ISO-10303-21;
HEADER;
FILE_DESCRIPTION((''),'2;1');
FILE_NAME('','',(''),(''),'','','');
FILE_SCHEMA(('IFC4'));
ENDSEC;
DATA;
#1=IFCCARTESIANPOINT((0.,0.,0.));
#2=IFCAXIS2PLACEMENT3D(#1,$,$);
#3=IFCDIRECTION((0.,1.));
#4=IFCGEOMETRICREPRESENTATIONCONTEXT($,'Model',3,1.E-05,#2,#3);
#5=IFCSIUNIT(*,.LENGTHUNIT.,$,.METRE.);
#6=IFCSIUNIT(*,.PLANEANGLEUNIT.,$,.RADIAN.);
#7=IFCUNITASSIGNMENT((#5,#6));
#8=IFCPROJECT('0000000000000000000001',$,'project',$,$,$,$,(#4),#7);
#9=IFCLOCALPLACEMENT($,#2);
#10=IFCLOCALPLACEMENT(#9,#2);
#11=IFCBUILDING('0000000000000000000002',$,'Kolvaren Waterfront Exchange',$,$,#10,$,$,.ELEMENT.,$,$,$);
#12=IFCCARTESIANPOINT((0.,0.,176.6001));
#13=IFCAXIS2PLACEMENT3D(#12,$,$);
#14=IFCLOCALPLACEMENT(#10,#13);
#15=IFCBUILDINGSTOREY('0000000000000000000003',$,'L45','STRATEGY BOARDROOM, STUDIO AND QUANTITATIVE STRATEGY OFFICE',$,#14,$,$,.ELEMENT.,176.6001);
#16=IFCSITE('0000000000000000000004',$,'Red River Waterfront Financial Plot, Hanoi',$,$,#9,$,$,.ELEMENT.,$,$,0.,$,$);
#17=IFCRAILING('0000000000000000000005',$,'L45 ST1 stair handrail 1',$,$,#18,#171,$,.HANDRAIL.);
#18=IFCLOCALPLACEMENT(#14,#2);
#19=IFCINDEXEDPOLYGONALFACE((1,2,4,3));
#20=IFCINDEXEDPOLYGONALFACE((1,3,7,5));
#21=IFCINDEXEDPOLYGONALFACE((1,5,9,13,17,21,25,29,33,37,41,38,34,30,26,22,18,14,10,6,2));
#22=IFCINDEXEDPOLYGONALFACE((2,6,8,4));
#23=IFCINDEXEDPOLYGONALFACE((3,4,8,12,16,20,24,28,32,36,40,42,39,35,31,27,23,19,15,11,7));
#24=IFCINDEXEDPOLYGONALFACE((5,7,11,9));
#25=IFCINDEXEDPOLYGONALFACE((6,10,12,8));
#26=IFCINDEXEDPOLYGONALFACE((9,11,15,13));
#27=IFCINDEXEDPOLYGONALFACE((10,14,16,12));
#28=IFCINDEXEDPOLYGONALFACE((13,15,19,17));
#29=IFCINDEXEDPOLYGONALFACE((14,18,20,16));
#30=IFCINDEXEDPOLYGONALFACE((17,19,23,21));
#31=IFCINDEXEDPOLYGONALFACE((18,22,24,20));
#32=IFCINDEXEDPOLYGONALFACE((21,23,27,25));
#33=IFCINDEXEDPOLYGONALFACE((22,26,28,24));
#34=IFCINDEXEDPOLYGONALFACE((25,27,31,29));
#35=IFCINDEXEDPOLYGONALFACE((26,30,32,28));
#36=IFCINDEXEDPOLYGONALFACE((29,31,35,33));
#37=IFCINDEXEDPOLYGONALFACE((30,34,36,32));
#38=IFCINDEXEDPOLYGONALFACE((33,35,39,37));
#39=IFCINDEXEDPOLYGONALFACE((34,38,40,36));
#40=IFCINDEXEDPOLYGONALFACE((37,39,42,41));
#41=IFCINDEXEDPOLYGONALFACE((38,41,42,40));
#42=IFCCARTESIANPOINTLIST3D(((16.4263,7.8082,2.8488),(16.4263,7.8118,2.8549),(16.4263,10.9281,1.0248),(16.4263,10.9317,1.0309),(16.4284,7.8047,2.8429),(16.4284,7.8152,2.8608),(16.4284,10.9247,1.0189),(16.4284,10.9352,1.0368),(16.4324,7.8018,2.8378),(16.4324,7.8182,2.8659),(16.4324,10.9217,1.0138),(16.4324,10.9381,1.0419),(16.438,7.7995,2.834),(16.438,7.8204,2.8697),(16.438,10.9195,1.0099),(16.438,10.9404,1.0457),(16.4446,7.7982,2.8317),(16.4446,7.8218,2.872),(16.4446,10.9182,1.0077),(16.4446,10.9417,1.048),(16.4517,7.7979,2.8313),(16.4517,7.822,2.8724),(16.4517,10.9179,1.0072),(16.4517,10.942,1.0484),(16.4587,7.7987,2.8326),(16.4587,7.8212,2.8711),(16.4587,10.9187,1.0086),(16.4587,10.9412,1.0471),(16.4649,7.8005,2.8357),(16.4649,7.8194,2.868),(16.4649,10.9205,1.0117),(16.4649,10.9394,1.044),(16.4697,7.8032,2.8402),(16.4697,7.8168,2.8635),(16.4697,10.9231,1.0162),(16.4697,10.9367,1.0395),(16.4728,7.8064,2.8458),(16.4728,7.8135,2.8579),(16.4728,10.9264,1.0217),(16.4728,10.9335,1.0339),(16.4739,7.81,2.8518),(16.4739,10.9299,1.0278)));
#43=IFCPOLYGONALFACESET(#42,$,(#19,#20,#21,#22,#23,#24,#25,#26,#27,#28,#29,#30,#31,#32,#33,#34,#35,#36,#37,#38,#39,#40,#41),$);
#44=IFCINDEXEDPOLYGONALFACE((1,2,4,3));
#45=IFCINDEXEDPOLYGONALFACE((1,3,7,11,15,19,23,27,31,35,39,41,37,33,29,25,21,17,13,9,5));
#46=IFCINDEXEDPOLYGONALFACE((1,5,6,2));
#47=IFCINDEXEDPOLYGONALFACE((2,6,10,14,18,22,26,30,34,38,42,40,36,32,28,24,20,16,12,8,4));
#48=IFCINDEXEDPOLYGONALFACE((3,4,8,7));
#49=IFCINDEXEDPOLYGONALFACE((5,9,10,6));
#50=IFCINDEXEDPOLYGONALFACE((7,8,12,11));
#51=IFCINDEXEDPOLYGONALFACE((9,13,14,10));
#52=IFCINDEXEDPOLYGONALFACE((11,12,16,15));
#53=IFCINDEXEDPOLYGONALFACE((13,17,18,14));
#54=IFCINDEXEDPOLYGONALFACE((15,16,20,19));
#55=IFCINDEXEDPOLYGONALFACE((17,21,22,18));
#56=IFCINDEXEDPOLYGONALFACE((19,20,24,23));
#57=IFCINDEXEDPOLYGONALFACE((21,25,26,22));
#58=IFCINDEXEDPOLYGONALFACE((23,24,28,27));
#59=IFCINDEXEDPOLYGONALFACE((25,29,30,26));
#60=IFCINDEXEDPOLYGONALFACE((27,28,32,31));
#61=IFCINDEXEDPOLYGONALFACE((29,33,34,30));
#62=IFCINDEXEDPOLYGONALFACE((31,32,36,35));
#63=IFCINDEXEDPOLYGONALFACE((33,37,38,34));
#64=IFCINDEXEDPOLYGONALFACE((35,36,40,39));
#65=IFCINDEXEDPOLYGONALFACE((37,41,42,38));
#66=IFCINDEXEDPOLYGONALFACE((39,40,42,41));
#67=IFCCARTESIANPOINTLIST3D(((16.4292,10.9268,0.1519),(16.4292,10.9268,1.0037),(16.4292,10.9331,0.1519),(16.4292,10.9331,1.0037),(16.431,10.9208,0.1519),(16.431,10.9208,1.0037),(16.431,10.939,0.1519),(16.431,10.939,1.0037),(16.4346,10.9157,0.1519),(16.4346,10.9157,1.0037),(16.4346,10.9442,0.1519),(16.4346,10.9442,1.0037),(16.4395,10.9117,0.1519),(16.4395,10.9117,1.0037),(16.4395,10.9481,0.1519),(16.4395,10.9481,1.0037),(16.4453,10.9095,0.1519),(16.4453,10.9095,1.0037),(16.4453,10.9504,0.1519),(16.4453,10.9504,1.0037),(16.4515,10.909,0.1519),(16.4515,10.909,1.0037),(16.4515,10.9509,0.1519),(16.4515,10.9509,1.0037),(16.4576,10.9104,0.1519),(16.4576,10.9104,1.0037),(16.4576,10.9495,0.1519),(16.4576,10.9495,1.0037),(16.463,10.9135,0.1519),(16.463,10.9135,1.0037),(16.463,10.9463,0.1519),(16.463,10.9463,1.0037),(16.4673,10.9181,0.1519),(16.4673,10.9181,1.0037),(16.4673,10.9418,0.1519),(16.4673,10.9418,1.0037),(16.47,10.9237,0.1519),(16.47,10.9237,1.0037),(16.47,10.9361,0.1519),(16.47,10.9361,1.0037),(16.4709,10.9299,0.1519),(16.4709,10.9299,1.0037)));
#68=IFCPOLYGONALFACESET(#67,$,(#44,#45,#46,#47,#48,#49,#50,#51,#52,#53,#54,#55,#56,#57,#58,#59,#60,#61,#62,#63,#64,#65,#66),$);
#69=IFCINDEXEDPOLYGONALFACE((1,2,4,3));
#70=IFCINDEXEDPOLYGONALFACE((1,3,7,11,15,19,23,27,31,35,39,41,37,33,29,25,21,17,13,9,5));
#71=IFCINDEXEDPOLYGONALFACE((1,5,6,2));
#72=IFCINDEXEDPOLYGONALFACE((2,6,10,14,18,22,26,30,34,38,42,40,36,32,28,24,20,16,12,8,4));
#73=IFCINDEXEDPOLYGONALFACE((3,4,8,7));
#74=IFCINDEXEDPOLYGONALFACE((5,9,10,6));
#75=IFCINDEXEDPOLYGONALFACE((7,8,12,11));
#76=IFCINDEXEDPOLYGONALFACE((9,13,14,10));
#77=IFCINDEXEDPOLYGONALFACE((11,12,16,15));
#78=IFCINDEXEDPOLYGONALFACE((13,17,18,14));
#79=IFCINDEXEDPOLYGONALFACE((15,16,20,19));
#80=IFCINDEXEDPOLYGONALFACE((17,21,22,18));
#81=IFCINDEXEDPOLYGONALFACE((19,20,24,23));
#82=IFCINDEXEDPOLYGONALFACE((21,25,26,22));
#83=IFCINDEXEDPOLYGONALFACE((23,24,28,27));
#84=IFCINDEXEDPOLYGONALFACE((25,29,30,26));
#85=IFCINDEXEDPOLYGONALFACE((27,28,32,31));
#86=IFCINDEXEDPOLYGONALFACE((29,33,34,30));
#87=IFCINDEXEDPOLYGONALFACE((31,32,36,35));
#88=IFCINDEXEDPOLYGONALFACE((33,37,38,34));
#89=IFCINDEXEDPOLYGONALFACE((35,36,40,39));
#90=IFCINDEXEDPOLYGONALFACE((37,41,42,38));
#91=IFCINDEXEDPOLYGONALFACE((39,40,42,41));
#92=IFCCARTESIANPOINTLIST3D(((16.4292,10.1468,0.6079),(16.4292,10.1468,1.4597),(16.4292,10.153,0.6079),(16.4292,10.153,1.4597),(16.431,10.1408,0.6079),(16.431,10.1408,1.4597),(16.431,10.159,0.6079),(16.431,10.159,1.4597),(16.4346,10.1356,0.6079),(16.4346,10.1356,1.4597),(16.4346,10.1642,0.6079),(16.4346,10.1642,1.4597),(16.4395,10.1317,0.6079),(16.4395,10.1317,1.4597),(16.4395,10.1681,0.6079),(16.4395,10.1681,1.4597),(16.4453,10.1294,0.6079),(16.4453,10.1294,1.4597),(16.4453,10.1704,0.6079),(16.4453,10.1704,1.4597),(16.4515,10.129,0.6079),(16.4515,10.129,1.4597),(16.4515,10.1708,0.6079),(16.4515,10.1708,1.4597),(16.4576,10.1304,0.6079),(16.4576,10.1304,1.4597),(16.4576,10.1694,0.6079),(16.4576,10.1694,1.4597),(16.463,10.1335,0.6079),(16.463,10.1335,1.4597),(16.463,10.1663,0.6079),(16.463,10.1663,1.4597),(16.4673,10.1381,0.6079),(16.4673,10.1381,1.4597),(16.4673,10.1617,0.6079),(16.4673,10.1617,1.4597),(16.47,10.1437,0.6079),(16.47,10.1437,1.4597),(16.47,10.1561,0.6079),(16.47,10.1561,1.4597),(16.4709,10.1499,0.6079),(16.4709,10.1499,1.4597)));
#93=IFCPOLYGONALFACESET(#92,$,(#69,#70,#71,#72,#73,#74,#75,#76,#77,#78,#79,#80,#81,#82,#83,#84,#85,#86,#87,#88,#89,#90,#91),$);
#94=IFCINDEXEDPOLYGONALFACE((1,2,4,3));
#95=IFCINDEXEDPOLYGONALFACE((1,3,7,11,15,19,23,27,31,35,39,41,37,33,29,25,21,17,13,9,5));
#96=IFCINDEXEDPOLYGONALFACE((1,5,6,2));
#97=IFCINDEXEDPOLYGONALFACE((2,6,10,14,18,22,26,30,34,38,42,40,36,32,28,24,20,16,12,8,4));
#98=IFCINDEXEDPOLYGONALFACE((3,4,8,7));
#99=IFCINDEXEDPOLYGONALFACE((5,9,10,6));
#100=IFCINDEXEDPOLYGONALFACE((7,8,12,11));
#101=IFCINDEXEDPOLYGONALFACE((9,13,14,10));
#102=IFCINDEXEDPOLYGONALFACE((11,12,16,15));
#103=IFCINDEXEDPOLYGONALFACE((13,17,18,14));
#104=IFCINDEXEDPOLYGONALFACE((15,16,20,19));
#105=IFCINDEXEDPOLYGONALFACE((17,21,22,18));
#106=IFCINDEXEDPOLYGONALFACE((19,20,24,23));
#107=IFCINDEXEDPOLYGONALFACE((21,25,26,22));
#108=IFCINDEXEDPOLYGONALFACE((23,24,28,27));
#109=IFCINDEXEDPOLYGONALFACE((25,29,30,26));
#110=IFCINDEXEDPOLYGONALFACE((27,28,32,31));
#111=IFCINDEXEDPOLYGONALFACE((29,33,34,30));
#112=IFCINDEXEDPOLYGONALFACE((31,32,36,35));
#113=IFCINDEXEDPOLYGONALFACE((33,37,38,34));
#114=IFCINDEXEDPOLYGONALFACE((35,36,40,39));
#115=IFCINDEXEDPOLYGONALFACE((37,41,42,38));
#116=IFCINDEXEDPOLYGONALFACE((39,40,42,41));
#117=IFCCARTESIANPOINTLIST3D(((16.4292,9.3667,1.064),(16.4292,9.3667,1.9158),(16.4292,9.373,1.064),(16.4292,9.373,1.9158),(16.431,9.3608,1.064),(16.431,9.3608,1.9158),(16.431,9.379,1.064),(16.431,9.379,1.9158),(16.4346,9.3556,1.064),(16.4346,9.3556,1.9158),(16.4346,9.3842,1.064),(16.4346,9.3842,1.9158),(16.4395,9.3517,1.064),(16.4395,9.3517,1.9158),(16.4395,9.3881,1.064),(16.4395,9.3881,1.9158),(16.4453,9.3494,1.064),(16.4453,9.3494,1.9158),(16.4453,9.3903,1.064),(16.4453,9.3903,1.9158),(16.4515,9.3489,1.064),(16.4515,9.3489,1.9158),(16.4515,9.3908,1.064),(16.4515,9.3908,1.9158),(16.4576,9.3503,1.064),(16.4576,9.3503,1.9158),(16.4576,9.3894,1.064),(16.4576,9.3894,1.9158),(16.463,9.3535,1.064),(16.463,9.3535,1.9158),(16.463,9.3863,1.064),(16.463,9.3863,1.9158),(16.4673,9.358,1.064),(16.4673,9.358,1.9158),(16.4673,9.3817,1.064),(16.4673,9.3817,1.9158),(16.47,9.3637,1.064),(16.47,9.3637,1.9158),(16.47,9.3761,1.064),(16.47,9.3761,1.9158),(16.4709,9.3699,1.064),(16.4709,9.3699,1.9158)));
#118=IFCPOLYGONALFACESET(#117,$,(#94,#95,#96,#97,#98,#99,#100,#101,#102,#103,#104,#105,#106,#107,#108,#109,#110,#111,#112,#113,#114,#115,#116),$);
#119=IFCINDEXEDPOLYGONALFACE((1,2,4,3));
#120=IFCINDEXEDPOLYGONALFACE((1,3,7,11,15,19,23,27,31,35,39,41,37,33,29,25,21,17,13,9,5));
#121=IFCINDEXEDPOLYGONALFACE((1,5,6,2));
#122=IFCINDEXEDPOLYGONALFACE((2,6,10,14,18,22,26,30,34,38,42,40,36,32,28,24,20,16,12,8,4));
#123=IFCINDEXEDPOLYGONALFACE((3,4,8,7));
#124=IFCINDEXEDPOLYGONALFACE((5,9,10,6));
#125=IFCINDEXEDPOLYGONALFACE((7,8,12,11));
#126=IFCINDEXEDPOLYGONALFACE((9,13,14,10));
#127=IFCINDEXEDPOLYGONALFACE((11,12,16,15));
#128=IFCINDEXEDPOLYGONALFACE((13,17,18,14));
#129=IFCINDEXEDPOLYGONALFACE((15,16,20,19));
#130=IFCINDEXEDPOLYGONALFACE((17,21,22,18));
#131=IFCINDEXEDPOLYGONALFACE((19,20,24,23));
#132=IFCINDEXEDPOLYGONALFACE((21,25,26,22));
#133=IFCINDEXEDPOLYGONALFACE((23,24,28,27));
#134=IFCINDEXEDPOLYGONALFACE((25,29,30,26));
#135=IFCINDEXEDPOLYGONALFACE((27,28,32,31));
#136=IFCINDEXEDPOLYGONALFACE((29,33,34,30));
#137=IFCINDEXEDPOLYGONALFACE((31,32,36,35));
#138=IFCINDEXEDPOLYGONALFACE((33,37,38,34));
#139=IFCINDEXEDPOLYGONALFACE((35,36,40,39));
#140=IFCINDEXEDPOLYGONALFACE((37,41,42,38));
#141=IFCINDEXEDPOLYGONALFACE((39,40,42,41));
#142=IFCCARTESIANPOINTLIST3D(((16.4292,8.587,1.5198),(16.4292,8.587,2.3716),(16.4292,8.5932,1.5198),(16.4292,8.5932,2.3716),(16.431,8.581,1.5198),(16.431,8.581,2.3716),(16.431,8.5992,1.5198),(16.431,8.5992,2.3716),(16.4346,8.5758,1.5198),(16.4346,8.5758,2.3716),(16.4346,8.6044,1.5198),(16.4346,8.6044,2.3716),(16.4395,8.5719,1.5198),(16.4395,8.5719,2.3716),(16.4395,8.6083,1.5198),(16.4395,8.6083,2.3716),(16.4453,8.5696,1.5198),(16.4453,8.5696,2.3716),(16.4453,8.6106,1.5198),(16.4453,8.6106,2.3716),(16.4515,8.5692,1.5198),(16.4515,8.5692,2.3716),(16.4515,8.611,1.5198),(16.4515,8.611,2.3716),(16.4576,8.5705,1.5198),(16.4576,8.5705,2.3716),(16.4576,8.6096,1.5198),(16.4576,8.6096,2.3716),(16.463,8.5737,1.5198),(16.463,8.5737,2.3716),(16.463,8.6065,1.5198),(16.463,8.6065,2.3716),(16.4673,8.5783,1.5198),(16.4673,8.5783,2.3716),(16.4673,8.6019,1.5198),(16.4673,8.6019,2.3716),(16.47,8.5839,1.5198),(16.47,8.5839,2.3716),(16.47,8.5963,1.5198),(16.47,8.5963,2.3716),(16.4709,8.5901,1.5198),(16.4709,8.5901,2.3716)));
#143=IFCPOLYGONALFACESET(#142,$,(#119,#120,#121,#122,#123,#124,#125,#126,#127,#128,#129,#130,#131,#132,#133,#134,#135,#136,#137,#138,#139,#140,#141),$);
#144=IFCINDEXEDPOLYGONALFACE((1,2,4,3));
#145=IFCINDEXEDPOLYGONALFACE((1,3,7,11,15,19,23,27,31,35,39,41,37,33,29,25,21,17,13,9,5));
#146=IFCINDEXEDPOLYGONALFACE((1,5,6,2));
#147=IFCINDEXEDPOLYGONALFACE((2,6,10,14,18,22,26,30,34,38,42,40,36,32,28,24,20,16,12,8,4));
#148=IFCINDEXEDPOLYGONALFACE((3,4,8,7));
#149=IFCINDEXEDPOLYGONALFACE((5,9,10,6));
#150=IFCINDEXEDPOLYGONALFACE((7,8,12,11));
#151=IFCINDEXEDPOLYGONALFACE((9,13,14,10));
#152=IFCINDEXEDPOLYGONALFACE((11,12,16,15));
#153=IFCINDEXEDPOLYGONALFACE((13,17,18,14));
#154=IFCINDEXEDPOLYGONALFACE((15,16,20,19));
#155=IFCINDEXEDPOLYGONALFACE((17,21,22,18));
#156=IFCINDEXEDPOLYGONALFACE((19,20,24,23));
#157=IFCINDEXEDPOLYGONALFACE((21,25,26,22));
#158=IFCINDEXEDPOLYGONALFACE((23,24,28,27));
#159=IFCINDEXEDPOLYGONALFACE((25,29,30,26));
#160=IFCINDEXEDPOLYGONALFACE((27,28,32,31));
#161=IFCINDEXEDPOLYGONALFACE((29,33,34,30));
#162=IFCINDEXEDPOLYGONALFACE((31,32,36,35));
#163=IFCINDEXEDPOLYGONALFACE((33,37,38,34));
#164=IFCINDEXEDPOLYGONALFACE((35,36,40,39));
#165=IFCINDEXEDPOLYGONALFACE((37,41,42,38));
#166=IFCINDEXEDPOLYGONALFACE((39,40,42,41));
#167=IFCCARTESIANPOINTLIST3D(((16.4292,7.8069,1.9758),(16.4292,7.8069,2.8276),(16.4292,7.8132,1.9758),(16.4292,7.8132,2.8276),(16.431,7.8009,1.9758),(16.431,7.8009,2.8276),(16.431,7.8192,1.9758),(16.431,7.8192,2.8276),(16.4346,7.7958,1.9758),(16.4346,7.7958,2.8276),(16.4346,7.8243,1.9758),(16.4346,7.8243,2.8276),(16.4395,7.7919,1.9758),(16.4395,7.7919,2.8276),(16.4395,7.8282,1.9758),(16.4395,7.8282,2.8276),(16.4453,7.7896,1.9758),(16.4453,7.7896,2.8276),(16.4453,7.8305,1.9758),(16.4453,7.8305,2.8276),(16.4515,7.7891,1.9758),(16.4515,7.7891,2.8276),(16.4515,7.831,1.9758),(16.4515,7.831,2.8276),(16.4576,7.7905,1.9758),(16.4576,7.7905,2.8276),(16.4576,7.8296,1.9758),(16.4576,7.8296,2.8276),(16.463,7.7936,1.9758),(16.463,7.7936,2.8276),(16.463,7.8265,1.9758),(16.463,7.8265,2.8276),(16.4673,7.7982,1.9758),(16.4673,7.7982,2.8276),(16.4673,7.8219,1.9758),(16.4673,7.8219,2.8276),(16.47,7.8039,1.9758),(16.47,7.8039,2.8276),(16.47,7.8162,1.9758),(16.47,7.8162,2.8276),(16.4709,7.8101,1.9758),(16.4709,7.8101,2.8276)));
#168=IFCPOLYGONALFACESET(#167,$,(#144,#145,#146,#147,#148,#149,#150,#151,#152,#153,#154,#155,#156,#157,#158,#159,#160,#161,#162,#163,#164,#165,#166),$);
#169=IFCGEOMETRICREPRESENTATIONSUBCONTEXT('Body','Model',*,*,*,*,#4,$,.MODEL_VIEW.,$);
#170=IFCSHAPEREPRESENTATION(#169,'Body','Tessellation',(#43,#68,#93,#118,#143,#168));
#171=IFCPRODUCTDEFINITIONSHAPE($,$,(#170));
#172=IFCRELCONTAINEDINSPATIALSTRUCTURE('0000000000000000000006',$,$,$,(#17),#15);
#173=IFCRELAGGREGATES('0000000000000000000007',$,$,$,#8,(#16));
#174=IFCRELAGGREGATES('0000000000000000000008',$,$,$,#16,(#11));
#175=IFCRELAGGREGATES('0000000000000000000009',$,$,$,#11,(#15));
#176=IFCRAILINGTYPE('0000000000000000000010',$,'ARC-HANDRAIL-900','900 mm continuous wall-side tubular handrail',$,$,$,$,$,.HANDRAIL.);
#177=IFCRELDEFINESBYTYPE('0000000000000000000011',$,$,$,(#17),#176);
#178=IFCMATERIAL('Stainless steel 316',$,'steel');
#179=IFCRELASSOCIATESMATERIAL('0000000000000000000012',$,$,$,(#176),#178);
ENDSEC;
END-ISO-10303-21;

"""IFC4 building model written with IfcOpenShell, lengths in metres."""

from ifc_helpers import new_model, si_unit, direction, frame, origin, origin_2d, place, context, subcontext, project, spatial, circle, extrude, material, type_object, element, save


model = new_model("IFC4")

# Units and contexts
model_context = context("Model", 3, precision=1e-05, world=origin(), true_north=direction((0.0, 1.0)))
body_context = subcontext(model_context, "Body", "Model", "MODEL_VIEW")
ifc_project = project(units=[si_unit("LENGTHUNIT", "METRE"), si_unit("PLANEANGLEUNIT", "RADIAN")], contexts=[model_context])

# Site, building, storey
site_placement = place(None, origin())
site = spatial("IfcSite", under=ifc_project, at=site_placement, Name="Red River Waterfront Financial Plot, Hanoi", CompositionType="ELEMENT", RefElevation=0.0)
building_placement = place(site_placement, origin())
building = spatial("IfcBuilding", under=site, at=building_placement, Name="Kolvaren Waterfront Exchange", CompositionType="ELEMENT")
storey_placement = place(building_placement, frame((0.0, 0.0, 176.6001)))
storey = spatial("IfcBuildingStorey", under=building, at=storey_placement, Name="L45", Description="STRATEGY BOARDROOM, STUDIO AND QUANTITATIVE STRATEGY OFFICE", CompositionType="ELEMENT", Elevation=176.6001)

# Railing
ifc_material_1 = material(Name="Stainless steel 316", Category="steel")
railing_type_1 = type_object("IfcRailingType", Name="ARC-HANDRAIL-900", Description="900 mm continuous wall-side tubular handrail", PredefinedType="HANDRAIL", material=ifc_material_1)
railing_1_placement = place(storey_placement, frame((16.45, 10.9299, 0.1519)))
element("IfcRailing", 1, at=railing_1_placement, inside=storey, type_object=railing_type_1, Name="L45 ST1 stair handrail 1", PredefinedType="HANDRAIL", context=body_context, shape_type="SweptSolid", body=[
    extrude(circle(Radius=0.0239, at=origin_2d()), frame((0.0, 0.0, 0.876), z_axis=(0.0, -0.863291, 0.504707), x_axis=(1.0, 0.0, 0.0)), (0.0, 0.0, 1.0), 3.614),
    extrude(circle(Radius=0.021, at=origin_2d()), origin(), (0.0, 0.0, 1.0), 0.8518),
    extrude(circle(Radius=0.021, at=origin_2d()), frame((0.0, -0.78, 0.4561)), (0.0, 0.0, 1.0), 0.8518),
    extrude(circle(Radius=0.021, at=origin_2d()), frame((0.0, -1.5601, 0.9121)), (0.0, 0.0, 1.0), 0.8518),
    extrude(circle(Radius=0.021, at=origin_2d()), frame((0.0, -2.3398, 1.3679)), (0.0, 0.0, 1.0), 0.8518),
    extrude(circle(Radius=0.021, at=origin_2d()), frame((0.0, -3.1199, 1.824)), (0.0, 0.0, 1.0), 0.8518),
])

save(model, "model.ifc")
